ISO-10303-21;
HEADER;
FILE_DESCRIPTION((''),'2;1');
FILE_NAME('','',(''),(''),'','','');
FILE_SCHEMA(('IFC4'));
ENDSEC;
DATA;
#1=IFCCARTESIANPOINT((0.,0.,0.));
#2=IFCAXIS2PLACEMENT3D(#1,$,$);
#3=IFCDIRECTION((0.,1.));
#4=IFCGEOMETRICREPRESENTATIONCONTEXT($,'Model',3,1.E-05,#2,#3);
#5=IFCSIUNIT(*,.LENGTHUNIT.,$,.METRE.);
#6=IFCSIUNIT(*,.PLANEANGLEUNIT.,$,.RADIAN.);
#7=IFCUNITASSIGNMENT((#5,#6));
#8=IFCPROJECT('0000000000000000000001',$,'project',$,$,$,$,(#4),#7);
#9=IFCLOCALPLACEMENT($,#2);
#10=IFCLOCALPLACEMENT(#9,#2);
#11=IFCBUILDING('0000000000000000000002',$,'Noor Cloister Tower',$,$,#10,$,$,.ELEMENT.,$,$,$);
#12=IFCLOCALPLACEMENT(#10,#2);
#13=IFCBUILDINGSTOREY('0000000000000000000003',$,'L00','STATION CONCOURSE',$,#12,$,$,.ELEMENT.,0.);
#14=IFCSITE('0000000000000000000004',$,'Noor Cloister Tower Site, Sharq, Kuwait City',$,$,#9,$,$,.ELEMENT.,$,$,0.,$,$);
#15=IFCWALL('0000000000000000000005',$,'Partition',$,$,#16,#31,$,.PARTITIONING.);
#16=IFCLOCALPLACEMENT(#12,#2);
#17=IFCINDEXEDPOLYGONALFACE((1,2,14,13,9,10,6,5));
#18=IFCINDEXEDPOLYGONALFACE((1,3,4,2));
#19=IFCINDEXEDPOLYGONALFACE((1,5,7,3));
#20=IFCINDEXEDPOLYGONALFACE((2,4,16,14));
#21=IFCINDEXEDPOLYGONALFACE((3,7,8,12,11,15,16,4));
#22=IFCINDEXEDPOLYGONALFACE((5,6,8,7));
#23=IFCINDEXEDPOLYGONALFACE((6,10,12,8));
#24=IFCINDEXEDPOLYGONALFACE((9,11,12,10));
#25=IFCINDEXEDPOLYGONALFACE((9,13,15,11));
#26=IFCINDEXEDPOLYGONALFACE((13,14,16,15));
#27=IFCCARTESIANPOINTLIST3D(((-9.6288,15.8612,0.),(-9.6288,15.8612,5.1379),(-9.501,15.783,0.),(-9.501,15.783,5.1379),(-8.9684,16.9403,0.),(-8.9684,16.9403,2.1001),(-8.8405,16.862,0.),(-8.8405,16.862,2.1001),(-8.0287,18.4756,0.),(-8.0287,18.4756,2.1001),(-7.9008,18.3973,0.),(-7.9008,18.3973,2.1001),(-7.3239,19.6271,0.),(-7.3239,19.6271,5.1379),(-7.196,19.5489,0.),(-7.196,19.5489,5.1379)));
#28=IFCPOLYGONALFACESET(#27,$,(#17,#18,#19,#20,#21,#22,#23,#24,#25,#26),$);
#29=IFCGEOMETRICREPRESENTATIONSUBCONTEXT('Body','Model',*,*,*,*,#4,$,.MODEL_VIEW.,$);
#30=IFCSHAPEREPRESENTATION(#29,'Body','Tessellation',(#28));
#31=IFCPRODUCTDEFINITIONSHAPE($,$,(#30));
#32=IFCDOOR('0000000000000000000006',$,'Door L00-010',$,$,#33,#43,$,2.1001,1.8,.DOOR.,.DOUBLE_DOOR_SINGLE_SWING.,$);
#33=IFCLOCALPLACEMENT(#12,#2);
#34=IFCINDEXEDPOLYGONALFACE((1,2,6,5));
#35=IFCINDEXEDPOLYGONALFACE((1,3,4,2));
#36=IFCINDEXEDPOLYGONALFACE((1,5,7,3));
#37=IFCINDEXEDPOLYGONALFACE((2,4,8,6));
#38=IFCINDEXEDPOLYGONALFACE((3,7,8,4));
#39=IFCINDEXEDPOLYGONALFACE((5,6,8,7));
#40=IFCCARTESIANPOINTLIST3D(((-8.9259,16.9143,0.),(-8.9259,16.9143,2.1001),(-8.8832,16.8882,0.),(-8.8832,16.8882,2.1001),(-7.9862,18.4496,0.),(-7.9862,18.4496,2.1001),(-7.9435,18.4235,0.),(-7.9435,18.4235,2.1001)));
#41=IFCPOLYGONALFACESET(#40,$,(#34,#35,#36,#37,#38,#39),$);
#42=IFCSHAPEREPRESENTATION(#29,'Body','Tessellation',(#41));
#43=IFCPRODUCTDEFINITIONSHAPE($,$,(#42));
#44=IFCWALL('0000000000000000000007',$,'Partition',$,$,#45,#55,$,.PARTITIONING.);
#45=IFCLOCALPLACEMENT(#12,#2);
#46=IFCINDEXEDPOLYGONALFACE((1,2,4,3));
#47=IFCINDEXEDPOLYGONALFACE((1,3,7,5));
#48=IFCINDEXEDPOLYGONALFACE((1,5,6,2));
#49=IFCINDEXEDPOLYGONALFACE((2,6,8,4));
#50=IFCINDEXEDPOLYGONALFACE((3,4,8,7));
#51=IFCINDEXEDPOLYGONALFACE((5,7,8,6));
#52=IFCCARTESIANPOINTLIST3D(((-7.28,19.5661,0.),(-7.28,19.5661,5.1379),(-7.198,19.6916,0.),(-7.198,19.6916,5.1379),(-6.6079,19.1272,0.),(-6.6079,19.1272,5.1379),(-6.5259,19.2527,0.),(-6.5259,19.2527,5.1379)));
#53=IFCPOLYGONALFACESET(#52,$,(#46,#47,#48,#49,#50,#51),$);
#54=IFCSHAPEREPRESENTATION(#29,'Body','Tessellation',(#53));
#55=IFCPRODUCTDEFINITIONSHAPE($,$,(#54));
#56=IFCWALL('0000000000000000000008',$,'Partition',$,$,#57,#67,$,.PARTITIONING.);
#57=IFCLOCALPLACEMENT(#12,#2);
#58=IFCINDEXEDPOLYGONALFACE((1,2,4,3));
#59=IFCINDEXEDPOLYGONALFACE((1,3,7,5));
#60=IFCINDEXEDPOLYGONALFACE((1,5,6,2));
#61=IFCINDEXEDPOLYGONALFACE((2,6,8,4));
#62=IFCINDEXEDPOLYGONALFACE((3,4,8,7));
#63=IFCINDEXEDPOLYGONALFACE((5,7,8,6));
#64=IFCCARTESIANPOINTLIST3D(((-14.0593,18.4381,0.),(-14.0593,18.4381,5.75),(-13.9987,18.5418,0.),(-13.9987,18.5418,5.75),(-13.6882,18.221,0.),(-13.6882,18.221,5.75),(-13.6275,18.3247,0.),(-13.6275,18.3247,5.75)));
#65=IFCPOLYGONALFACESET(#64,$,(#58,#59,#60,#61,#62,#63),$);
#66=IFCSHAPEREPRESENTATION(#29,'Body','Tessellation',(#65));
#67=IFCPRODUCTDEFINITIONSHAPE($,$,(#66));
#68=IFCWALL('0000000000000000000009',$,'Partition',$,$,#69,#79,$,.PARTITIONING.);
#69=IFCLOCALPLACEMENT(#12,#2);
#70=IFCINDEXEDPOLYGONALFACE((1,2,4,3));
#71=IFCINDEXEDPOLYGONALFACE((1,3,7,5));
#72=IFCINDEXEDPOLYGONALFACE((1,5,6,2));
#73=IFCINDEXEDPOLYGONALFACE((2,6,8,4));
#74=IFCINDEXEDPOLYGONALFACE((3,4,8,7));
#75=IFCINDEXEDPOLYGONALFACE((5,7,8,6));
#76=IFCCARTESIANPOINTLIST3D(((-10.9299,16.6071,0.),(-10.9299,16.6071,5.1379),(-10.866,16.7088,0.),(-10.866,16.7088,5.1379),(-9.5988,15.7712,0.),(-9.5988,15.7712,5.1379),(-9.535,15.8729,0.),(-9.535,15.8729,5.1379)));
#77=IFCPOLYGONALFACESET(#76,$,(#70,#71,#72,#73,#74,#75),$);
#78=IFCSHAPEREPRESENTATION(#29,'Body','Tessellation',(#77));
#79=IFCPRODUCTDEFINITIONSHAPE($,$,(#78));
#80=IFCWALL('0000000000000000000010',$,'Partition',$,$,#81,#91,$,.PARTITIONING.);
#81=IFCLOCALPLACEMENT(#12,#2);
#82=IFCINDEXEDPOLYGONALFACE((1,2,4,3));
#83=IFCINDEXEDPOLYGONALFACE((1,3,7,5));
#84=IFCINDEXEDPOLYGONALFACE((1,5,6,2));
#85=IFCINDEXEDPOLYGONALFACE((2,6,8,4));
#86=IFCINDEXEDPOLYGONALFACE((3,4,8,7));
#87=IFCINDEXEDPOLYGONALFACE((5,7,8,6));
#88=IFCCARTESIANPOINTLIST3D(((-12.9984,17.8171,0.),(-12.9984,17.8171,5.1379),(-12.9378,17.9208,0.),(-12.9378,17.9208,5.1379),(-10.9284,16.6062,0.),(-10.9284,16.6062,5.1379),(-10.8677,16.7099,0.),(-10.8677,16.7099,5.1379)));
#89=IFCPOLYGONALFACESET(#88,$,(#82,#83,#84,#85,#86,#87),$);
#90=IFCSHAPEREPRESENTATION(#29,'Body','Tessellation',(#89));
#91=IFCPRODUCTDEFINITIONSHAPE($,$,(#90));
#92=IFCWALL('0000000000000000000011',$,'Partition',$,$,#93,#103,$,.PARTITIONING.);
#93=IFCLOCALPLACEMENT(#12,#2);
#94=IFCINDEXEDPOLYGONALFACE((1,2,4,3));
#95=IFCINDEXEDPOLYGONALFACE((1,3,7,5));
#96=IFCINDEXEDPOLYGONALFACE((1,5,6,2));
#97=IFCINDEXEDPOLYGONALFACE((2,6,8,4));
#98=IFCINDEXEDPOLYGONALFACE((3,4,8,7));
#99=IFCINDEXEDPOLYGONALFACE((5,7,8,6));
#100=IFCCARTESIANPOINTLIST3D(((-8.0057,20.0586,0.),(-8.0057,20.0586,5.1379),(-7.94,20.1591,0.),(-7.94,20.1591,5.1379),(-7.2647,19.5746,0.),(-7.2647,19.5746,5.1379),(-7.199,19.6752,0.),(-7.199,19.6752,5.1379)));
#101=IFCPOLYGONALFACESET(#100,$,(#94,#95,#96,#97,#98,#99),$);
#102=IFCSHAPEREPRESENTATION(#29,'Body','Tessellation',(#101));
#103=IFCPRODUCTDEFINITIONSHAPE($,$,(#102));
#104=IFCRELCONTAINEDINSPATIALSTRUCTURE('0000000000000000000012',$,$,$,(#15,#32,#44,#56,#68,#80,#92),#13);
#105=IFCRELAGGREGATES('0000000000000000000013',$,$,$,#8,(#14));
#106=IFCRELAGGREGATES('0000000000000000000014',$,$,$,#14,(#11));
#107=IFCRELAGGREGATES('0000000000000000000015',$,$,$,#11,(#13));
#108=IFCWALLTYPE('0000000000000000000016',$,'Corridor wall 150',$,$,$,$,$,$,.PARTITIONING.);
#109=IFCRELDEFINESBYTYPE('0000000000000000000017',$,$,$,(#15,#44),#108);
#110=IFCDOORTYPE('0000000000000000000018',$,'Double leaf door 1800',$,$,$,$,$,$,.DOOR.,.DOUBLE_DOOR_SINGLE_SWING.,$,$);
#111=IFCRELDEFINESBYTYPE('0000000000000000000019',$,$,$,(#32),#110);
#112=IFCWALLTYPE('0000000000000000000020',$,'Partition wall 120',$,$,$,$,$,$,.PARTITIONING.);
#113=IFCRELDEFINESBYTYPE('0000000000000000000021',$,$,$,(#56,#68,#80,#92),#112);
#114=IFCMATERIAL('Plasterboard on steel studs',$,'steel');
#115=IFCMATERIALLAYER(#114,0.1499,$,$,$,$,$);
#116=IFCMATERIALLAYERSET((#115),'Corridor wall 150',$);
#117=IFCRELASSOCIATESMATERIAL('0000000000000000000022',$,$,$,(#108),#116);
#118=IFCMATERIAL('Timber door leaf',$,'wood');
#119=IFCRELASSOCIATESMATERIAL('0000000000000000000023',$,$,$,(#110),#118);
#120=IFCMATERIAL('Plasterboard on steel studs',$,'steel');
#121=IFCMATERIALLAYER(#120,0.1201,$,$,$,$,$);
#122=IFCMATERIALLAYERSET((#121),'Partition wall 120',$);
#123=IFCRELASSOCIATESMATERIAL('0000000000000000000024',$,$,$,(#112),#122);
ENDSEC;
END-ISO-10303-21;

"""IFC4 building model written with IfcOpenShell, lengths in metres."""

from ifc_helpers import new_model, si_unit, direction, frame, frame_2d, origin, place, context, subcontext, project, spatial, rectangle, extrude, material, layer, layer_set, type_object, element, fill, save


model = new_model("IFC4")

# Units and contexts
model_context = context("Model", 3, precision=1e-05, world=origin(), true_north=direction((0.0, 1.0)))
body_context = subcontext(model_context, "Body", "Model", "MODEL_VIEW")
ifc_project = project(units=[si_unit("LENGTHUNIT", "METRE"), si_unit("PLANEANGLEUNIT", "RADIAN")], contexts=[model_context])

# Site, building, storey
site_placement = place(None, origin())
site = spatial("IfcSite", under=ifc_project, at=site_placement, Name="Noor Cloister Tower Site, Sharq, Kuwait City", CompositionType="ELEMENT", RefElevation=0.0)
building_placement = place(site_placement, origin())
building = spatial("IfcBuilding", under=site, at=building_placement, Name="Noor Cloister Tower", CompositionType="ELEMENT")
storey_placement = place(building_placement, origin())
storey = spatial("IfcBuildingStorey", under=building, at=storey_placement, Name="L00", Description="STATION CONCOURSE", CompositionType="ELEMENT", Elevation=0.0)

# Shared definitions
ifc_material_1 = material(Name="Plasterboard on steel studs", Category="steel")
ifc_layer_1 = layer(ifc_material_1, 0.1499)
ifc_layer_set_1 = layer_set([ifc_layer_1], Name="Corridor wall 150")
wall_type_1 = type_object("IfcWallType", Name="Corridor wall 150", PredefinedType="PARTITIONING", material=ifc_layer_set_1)

# Wall, opening, door
wall_1_placement = place(storey_placement, frame((-7.26, 19.5879, 0.0), z_axis=(0.0, 0.0, 1.0), x_axis=(-0.522038, -0.852922, 0.0)))
wall_1 = element("IfcWall", 1, at=wall_1_placement, inside=storey, type_object=wall_type_1, Name="Partition", PredefinedType="PARTITIONING", context=body_context, shape_type="SweptSolid", body=[
    extrude(rectangle(XDim=4.4153, YDim=0.1499, at=frame_2d((2.2075, 0.0))), origin(), (0.0, 0.0, 1.0), 5.1379),
])
opening_placement = place(wall_1_placement, frame((1.3501, 0.0, 0.0)))
opening = element("IfcOpeningElement", 2, at=opening_placement, cuts=wall_1, PredefinedType="OPENING", context=body_context, shape_type="SweptSolid", body=[
    extrude(rectangle(XDim=1.8, YDim=2.1001, at=frame_2d((0.8999, 1.05))), frame((0.0, 0.085, 0.0), z_axis=(0.0, -1.0, 0.0), x_axis=(1.0, 0.0, 0.0)), (0.0, 0.0, 1.0), 0.1699),
])
ifc_material_2 = material(Name="Timber door leaf", Category="wood")
door_type = type_object("IfcDoorType", Name="Double leaf door 1800", OperationType="DOUBLE_DOOR_SINGLE_SWING", PredefinedType="DOOR", material=ifc_material_2)
door_placement = place(opening_placement, origin())
door = element("IfcDoor", 3, at=door_placement, inside=storey, type_object=door_type, Name="Door L00-010", OperationType="DOUBLE_DOOR_SINGLE_SWING", OverallHeight=2.1001, OverallWidth=1.8, PredefinedType="DOOR", context=body_context, shape_type="SweptSolid", body=[
    extrude(rectangle(XDim=1.8, YDim=2.1001, at=frame_2d((0.8999, 1.05))), frame((0.0, 0.0249, 0.0), z_axis=(0.0, -1.0, 0.0), x_axis=(1.0, 0.0, 0.0)), (0.0, 0.0, 1.0), 0.05),
])
fill(opening, door)

# Walls
wall_2_placement = place(storey_placement, frame((-6.5669, 19.1899, 0.0), z_axis=(0.0, 0.0, 1.0), x_axis=(-0.837253, 0.546815, 0.0)))
element("IfcWall", 4, at=wall_2_placement, inside=storey, type_object=wall_type_1, Name="Partition", PredefinedType="PARTITIONING", context=body_context, shape_type="SweptSolid", body=[
    extrude(rectangle(XDim=0.8027, YDim=0.1499, at=frame_2d((0.4014, 0.0))), origin(), (0.0, 0.0, 1.0), 5.1379),
])
ifc_material_3 = material(Name="Plasterboard on steel studs", Category="steel")
ifc_layer_2 = layer(ifc_material_3, 0.1201)
ifc_layer_set_2 = layer_set([ifc_layer_2], Name="Partition wall 120")
wall_type_2 = type_object("IfcWallType", Name="Partition wall 120", PredefinedType="PARTITIONING", material=ifc_layer_set_2)
wall_3_placement = place(storey_placement, frame((-13.658, 18.2729, 0.0), z_axis=(0.0, 0.0, 1.0), x_axis=(-0.863202, 0.504859, 0.0)))
element("IfcWall", 5, at=wall_3_placement, inside=storey, type_object=wall_type_2, Name="Partition", PredefinedType="PARTITIONING", context=body_context, shape_type="SweptSolid", body=[
    extrude(rectangle(XDim=0.4299, YDim=0.1201, at=frame_2d((0.2148, 0.0))), origin(), (0.0, 0.0, 1.0), 5.75),
])
wall_4_placement = place(storey_placement, frame((-9.5669, 15.822, 0.0), z_axis=(0.0, 0.0, 1.0), x_axis=(-0.846844, 0.531841, 0.0)))
element("IfcWall", 6, at=wall_4_placement, inside=storey, type_object=wall_type_2, Name="Partition", PredefinedType="PARTITIONING", context=body_context, shape_type="SweptSolid", body=[
    extrude(rectangle(XDim=1.5718, YDim=0.1201, at=frame_2d((0.7859, 0.0))), origin(), (0.0, 0.0, 1.0), 5.1379),
])
wall_5_placement = place(storey_placement, frame((-10.8979, 16.658, 0.0), z_axis=(0.0, 0.0, 1.0), x_axis=(-0.863162, 0.504928, 0.0)))
element("IfcWall", 7, at=wall_5_placement, inside=storey, type_object=wall_type_2, Name="Partition", PredefinedType="PARTITIONING", context=body_context, shape_type="SweptSolid", body=[
    extrude(rectangle(XDim=2.3982, YDim=0.1201, at=frame_2d((1.1992, 0.0))), origin(), (0.0, 0.0, 1.0), 5.1379),
])
wall_6_placement = place(storey_placement, frame((-7.2319, 19.625, 0.0), z_axis=(0.0, 0.0, 1.0), x_axis=(-0.837276, 0.546781, 0.0)))
element("IfcWall", 8, at=wall_6_placement, inside=storey, type_object=wall_type_2, Name="Partition", PredefinedType="PARTITIONING", context=body_context, shape_type="SweptSolid", body=[
    extrude(rectangle(XDim=0.885, YDim=0.1201, at=frame_2d((0.4424, 0.0))), origin(), (0.0, 0.0, 1.0), 5.1379),
])

save(model, "model.ifc")
